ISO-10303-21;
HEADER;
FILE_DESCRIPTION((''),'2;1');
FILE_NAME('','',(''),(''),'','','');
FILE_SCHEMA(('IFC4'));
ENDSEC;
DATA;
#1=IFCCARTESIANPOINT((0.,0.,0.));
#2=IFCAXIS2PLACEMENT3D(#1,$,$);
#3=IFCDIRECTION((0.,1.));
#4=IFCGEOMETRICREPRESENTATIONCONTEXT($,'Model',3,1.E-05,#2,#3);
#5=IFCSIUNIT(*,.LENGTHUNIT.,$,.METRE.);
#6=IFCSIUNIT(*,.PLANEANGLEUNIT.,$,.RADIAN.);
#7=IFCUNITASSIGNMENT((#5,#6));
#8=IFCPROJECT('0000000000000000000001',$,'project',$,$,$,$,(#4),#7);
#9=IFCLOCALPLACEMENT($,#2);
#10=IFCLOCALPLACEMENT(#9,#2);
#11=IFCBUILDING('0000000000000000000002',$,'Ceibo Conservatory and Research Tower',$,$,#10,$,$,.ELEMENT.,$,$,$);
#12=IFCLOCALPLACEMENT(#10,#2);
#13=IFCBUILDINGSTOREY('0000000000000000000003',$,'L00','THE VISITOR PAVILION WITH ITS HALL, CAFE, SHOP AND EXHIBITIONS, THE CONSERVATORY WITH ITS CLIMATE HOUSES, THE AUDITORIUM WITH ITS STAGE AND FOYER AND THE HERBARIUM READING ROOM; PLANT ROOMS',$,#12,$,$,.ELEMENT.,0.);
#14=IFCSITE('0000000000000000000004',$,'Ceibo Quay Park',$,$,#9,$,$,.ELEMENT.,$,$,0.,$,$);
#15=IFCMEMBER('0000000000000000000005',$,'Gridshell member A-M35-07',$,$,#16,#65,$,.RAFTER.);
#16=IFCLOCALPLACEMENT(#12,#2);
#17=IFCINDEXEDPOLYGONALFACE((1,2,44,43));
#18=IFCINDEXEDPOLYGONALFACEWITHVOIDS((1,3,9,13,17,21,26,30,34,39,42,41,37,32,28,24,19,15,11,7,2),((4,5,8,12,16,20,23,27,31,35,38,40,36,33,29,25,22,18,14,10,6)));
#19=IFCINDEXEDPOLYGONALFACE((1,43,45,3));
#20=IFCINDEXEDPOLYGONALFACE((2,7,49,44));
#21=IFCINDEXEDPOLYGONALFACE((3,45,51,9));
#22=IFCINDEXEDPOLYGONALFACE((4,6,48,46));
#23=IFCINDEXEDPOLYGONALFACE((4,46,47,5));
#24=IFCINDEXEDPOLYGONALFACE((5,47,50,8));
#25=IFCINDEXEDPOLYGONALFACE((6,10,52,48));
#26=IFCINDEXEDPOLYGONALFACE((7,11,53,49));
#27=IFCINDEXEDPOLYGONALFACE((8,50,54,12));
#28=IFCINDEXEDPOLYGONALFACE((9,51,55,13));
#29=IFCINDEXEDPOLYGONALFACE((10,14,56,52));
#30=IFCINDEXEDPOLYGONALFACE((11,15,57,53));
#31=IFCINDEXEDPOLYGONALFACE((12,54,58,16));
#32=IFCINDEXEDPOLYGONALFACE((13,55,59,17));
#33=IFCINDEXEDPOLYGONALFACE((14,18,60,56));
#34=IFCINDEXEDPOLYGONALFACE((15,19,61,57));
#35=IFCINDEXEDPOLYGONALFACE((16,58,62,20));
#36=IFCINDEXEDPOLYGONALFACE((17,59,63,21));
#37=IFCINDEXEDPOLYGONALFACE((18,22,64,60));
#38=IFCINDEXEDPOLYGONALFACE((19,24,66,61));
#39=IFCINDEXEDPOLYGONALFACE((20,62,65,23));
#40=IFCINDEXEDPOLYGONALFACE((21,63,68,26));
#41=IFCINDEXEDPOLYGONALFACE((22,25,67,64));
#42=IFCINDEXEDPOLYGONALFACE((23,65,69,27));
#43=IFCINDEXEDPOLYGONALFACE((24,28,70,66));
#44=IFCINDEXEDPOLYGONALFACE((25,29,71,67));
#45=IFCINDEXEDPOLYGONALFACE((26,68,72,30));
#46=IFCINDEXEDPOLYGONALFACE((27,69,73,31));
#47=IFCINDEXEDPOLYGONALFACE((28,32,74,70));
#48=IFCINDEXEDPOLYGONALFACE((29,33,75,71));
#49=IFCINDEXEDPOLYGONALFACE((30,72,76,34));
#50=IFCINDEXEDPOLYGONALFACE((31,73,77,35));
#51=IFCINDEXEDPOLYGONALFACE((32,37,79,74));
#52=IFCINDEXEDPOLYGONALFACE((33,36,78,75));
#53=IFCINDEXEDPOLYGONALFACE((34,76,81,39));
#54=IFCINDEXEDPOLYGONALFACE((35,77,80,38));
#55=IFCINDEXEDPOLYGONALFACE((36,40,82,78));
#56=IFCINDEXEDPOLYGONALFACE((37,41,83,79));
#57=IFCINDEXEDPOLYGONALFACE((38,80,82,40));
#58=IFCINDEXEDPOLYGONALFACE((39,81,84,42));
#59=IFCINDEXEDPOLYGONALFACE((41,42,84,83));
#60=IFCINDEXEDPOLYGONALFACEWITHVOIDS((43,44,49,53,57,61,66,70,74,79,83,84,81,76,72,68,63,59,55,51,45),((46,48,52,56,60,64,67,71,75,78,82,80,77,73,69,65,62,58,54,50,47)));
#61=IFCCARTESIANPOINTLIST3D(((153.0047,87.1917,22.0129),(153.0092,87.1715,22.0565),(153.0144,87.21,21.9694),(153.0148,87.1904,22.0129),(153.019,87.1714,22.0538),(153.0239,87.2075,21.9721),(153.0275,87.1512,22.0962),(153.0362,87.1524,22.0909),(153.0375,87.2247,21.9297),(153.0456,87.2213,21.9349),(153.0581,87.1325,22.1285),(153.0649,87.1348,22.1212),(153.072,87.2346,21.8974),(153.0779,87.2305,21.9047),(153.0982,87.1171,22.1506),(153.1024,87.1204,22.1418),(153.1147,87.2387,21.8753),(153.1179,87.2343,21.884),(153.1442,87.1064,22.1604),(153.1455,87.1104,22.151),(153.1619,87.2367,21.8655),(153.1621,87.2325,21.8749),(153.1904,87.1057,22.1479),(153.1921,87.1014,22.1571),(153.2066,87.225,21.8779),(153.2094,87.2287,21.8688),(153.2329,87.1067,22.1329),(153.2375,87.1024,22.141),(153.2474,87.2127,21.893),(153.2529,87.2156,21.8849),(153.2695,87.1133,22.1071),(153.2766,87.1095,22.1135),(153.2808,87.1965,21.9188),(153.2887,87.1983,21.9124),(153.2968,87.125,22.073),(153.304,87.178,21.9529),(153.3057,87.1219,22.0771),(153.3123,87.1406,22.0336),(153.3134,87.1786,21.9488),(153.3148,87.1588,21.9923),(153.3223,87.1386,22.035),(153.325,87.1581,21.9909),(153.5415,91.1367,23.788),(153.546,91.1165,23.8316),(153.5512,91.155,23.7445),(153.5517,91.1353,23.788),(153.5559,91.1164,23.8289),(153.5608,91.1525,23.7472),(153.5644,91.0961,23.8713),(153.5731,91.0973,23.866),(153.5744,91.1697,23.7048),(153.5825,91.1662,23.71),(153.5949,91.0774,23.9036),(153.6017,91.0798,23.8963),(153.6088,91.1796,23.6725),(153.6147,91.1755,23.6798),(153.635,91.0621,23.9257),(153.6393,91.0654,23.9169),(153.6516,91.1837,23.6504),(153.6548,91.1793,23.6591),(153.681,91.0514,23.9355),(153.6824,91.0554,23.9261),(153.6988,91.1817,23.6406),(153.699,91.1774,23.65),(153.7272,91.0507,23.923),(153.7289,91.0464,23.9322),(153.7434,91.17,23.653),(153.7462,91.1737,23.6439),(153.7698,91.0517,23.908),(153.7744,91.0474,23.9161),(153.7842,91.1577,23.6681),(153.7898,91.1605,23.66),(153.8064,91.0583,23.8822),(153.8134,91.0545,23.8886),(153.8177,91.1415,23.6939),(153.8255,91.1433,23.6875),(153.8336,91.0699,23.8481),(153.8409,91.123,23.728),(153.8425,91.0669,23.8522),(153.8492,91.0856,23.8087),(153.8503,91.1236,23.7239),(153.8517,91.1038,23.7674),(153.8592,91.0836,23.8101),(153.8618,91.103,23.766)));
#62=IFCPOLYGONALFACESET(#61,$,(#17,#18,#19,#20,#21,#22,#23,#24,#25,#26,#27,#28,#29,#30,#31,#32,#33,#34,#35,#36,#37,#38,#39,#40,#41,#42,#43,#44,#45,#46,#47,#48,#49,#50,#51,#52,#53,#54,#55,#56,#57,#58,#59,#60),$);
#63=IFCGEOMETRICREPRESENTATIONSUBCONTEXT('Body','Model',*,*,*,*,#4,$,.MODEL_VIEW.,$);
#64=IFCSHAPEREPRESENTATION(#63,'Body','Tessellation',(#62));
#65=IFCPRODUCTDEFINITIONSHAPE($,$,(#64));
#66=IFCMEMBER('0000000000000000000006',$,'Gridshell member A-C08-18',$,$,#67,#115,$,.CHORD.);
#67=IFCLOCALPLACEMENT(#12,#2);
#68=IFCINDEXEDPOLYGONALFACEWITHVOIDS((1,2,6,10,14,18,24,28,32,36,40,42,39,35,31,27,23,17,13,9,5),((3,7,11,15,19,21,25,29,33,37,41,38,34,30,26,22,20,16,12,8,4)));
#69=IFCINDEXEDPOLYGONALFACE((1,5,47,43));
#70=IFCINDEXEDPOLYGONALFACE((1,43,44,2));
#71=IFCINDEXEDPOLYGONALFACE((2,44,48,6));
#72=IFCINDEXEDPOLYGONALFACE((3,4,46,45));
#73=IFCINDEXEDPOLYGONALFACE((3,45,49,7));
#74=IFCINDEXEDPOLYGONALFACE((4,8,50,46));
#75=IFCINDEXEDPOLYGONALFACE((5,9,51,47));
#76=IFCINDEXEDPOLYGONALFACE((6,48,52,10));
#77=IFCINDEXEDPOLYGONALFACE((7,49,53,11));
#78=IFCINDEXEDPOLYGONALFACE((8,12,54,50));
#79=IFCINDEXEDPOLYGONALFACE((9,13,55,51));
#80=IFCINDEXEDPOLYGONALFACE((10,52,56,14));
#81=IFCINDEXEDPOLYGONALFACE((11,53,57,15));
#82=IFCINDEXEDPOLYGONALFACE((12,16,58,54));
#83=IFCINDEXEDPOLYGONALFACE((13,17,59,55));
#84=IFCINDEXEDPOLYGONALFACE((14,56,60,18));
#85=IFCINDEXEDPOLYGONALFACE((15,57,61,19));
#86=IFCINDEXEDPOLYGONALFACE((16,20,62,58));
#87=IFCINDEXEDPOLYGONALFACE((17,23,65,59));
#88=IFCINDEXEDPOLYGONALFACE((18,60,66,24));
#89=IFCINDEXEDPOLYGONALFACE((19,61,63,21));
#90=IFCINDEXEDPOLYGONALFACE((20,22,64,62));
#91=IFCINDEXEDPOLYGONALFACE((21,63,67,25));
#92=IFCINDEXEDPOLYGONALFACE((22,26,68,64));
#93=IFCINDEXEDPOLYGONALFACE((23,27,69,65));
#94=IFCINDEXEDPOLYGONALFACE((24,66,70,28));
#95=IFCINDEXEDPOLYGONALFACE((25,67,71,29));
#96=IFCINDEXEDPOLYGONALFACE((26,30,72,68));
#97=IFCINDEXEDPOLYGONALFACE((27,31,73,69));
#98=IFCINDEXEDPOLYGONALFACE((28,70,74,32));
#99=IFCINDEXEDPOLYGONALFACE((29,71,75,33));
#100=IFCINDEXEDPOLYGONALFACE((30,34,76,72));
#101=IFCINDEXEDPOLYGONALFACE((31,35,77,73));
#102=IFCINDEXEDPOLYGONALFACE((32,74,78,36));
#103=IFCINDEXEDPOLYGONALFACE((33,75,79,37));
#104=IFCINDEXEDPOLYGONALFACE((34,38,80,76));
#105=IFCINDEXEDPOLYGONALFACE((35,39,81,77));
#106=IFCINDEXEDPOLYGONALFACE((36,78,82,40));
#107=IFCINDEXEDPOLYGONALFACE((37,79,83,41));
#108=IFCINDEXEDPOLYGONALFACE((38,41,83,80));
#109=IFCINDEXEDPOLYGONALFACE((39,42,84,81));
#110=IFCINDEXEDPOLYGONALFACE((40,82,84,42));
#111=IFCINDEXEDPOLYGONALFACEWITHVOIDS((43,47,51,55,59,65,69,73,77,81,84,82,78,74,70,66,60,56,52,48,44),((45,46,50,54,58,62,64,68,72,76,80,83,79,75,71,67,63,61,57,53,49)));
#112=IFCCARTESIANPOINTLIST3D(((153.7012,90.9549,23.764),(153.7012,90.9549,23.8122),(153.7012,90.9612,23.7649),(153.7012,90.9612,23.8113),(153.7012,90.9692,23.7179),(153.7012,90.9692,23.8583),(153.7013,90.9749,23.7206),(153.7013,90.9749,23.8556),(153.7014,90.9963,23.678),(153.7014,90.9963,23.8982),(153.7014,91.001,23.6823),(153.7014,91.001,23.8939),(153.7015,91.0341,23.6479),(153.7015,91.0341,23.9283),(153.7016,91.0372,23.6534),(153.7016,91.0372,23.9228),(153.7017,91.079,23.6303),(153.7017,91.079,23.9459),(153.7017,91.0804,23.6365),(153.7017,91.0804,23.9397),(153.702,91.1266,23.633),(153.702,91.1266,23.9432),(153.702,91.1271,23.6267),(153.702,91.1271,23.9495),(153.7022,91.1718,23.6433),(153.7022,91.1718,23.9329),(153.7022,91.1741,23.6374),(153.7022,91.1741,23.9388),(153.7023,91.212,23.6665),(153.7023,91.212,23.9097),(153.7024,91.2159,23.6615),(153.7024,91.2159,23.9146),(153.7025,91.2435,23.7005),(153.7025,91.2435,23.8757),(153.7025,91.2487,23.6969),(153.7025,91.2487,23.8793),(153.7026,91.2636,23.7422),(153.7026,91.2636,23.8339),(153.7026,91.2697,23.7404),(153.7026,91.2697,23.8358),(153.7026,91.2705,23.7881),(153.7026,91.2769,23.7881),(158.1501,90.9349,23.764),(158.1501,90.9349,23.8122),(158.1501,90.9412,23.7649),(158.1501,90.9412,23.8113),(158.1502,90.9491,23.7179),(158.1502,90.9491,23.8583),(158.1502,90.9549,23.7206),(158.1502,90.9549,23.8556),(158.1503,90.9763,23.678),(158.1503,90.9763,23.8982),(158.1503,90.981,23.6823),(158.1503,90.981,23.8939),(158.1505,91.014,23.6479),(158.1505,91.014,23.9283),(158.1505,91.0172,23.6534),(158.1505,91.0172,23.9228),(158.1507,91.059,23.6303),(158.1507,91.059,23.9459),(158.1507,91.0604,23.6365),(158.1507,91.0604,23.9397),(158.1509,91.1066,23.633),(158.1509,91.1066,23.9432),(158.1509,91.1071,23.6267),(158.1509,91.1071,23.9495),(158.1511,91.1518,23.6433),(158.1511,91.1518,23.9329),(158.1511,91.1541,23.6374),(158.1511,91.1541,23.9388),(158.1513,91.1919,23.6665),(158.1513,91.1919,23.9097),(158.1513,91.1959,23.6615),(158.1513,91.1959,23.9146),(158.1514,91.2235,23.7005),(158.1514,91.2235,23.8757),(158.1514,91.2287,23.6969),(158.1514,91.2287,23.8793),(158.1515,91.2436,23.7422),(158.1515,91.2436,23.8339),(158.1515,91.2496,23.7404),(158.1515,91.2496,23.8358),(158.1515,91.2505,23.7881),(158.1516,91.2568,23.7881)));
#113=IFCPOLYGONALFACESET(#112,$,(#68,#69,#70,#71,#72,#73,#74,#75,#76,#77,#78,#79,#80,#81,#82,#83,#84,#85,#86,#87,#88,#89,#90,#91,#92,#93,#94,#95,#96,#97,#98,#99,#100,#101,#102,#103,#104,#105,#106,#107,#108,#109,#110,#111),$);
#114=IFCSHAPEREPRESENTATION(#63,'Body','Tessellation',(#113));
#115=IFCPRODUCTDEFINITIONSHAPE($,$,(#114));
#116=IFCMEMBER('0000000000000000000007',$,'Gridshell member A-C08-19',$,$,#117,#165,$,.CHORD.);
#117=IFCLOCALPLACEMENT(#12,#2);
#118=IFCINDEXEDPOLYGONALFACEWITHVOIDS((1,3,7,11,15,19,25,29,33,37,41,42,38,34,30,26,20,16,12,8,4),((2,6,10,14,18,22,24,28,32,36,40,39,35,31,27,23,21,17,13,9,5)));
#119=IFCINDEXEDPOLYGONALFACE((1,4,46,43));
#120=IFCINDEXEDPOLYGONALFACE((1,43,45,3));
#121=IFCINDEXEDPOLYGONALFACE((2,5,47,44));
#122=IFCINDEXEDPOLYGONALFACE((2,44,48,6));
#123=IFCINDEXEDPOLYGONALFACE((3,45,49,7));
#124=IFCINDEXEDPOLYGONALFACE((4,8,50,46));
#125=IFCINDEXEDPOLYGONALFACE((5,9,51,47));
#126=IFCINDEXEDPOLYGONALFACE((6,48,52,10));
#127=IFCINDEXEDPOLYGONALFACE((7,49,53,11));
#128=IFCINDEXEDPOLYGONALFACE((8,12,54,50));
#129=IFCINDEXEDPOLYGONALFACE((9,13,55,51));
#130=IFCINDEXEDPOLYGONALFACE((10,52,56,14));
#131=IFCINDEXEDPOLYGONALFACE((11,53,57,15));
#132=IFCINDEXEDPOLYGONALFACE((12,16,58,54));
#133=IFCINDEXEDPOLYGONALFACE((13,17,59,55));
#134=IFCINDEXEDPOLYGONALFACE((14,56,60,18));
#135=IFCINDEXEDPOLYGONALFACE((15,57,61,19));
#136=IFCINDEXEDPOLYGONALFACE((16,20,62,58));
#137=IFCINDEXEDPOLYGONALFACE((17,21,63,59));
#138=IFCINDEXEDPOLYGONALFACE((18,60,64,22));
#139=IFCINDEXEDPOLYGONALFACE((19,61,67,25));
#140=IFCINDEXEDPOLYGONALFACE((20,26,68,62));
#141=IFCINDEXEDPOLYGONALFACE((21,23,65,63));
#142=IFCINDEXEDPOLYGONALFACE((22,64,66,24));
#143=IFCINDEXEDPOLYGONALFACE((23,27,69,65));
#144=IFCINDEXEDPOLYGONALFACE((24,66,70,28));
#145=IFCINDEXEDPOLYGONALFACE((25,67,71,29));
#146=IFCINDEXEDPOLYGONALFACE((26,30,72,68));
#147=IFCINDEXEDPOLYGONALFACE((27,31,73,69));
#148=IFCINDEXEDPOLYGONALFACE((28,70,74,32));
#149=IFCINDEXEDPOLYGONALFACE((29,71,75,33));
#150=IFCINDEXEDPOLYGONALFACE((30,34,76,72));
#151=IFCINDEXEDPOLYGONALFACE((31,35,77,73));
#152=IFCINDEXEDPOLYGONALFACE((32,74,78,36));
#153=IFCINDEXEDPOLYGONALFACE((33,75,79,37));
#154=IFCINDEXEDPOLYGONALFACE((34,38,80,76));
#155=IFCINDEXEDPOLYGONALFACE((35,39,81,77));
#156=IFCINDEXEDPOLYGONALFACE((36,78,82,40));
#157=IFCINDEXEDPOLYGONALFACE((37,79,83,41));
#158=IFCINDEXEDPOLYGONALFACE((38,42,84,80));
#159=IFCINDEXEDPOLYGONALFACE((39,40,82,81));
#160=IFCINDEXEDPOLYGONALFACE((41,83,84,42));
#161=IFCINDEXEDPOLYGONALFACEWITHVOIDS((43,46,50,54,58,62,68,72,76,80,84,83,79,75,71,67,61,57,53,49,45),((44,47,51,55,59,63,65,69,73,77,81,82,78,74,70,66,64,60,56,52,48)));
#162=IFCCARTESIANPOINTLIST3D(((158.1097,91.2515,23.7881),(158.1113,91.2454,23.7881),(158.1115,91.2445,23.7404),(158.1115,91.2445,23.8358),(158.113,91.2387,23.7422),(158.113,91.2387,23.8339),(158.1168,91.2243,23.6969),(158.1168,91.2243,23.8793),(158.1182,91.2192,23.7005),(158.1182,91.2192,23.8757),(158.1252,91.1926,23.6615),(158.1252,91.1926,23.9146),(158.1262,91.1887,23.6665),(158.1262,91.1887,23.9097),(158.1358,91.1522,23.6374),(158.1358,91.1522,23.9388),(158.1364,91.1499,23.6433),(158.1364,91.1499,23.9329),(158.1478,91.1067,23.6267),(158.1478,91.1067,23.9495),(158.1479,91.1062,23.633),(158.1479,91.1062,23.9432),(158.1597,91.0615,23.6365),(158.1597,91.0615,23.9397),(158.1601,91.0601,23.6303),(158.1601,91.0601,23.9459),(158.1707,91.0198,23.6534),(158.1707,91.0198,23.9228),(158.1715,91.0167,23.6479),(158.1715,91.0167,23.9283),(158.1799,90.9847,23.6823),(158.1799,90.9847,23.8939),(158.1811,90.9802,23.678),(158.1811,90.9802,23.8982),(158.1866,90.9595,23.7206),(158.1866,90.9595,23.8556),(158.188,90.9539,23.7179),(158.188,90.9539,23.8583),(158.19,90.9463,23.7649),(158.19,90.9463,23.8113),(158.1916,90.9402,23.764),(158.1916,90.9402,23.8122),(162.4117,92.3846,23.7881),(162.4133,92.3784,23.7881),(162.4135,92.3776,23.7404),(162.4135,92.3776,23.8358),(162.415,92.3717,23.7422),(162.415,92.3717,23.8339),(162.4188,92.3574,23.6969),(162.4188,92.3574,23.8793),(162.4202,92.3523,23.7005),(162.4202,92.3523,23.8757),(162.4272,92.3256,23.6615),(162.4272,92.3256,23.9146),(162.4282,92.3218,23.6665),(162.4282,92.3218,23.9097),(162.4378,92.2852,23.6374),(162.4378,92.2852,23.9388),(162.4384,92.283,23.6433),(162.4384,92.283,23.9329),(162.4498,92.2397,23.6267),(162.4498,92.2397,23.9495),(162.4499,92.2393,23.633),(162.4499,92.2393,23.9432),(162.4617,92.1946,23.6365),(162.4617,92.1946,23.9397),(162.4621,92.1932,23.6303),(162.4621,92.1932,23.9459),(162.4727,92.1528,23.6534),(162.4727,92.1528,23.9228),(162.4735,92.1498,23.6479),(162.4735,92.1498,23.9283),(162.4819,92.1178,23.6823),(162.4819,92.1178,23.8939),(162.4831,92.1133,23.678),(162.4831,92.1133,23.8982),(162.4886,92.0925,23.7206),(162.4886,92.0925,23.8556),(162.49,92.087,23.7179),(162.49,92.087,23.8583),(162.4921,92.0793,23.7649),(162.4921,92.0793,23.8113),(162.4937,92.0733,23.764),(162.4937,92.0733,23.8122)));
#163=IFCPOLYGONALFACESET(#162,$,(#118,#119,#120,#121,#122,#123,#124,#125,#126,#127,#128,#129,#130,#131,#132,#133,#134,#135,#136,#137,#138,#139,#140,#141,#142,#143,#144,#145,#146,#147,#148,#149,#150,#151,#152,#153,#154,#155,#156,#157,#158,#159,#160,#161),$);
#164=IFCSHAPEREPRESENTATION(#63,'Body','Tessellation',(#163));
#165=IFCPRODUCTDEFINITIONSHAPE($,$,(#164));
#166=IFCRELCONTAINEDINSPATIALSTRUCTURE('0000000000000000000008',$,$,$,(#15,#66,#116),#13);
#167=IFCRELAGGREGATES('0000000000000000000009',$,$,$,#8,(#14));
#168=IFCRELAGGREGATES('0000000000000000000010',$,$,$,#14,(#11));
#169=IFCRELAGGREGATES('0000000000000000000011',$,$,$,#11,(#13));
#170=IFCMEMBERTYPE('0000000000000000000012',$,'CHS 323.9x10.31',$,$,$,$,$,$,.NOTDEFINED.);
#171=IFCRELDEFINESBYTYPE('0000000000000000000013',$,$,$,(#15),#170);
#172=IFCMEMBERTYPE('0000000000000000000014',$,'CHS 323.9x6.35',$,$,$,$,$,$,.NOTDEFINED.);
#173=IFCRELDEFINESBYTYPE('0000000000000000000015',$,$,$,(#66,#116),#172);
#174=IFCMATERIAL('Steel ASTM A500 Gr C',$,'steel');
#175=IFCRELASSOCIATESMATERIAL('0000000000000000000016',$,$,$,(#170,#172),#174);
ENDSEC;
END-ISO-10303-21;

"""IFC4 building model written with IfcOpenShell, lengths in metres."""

from ifc_helpers import new_model, si_unit, direction, frame, origin, origin_2d, place, context, subcontext, project, spatial, hollow_circle, extrude, material, material_profile, profile_set, type_object, element, save


model = new_model("IFC4")

# Units and contexts
model_context = context("Model", 3, precision=1e-05, world=origin(), true_north=direction((0.0, 1.0)))
body_context = subcontext(model_context, "Body", "Model", "MODEL_VIEW")
ifc_project = project(units=[si_unit("LENGTHUNIT", "METRE"), si_unit("PLANEANGLEUNIT", "RADIAN")], contexts=[model_context])

# Site, building, storey
site_placement = place(None, origin())
site = spatial("IfcSite", under=ifc_project, at=site_placement, Name="Ceibo Quay Park", CompositionType="ELEMENT", RefElevation=0.0)
building_placement = place(site_placement, origin())
building = spatial("IfcBuilding", under=site, at=building_placement, Name="Ceibo Conservatory and Research Tower", CompositionType="ELEMENT")
storey_placement = place(building_placement, origin())
storey = spatial("IfcBuildingStorey", under=building, at=storey_placement, Name="L00", Description="THE VISITOR PAVILION WITH ITS HALL, CAFE, SHOP AND EXHIBITIONS, THE CONSERVATORY WITH ITS CLIMATE HOUSES, THE AUDITORIUM WITH ITS STAGE AND FOYER AND THE HERBARIUM READING ROOM; PLANT ROOMS", CompositionType="ELEMENT", Elevation=0.0)

# Members
ifc_material_1 = material(Name="Steel ASTM A500 Gr C", Category="steel")
ifc_material_profile_1 = material_profile(ifc_material_1, hollow_circle(Radius=0.1619, WallThickness=0.0103, at=origin_2d()), Name="CHS 323.9x10.31")
ifc_profile_set_1 = profile_set([ifc_material_profile_1], Name="Steel ASTM A500 Gr C")
member_type_1 = type_object("IfcMemberType", Name="CHS 323.9x10.31", PredefinedType="NOTDEFINED", material=ifc_profile_set_1)
member_1_placement = place(storey_placement, frame((153.165, 87.1699, 22.0129), z_axis=(0.123156, 0.904991, 0.407215), x_axis=(-0.990867, 0.134842, 0.0)))
element("IfcMember", 1, at=member_1_placement, inside=storey, type_object=member_type_1, Name="Gridshell member A-M35-07", PredefinedType="RAFTER", context=body_context, shape_type="SweptSolid", body=[
    extrude(hollow_circle(Radius=0.1619, WallThickness=0.0103, at=origin_2d()), origin(), (0.0, 0.0, 1.0), 4.3591),
])
ifc_material_profile_2 = material_profile(ifc_material_1, hollow_circle(Radius=0.1619, WallThickness=0.0063, at=origin_2d()), Name="CHS 323.9x6.35")
ifc_profile_set_2 = profile_set([ifc_material_profile_2], Name="Steel ASTM A500 Gr C")
member_type_2 = type_object("IfcMemberType", Name="CHS 323.9x6.35", PredefinedType="NOTDEFINED", material=ifc_profile_set_2)
member_2_placement = place(storey_placement, frame((153.7019, 91.115, 23.7881), z_axis=(0.99999, -0.0045, 0.0), x_axis=(0.0045, 0.99999, 0.0)))
element("IfcMember", 2, at=member_2_placement, inside=storey, type_object=member_type_2, Name="Gridshell member A-C08-18", PredefinedType="CHORD", context=body_context, shape_type="SweptSolid", body=[
    extrude(hollow_circle(Radius=0.1619, WallThickness=0.0063, at=origin_2d()), origin(), (0.0, 0.0, 1.0), 4.449),
])
member_3_placement = place(storey_placement, frame((158.1509, 91.095, 23.7881), z_axis=(0.967022, 0.254693, 0.0), x_axis=(-0.254693, 0.967022, 0.0)))
element("IfcMember", 3, at=member_3_placement, inside=storey, type_object=member_type_2, Name="Gridshell member A-C08-19", PredefinedType="CHORD", context=body_context, shape_type="SweptSolid", body=[
    extrude(hollow_circle(Radius=0.1619, WallThickness=0.0063, at=origin_2d()), origin(), (0.0, 0.0, 1.0), 4.4487),
])

save(model, "model.ifc")
